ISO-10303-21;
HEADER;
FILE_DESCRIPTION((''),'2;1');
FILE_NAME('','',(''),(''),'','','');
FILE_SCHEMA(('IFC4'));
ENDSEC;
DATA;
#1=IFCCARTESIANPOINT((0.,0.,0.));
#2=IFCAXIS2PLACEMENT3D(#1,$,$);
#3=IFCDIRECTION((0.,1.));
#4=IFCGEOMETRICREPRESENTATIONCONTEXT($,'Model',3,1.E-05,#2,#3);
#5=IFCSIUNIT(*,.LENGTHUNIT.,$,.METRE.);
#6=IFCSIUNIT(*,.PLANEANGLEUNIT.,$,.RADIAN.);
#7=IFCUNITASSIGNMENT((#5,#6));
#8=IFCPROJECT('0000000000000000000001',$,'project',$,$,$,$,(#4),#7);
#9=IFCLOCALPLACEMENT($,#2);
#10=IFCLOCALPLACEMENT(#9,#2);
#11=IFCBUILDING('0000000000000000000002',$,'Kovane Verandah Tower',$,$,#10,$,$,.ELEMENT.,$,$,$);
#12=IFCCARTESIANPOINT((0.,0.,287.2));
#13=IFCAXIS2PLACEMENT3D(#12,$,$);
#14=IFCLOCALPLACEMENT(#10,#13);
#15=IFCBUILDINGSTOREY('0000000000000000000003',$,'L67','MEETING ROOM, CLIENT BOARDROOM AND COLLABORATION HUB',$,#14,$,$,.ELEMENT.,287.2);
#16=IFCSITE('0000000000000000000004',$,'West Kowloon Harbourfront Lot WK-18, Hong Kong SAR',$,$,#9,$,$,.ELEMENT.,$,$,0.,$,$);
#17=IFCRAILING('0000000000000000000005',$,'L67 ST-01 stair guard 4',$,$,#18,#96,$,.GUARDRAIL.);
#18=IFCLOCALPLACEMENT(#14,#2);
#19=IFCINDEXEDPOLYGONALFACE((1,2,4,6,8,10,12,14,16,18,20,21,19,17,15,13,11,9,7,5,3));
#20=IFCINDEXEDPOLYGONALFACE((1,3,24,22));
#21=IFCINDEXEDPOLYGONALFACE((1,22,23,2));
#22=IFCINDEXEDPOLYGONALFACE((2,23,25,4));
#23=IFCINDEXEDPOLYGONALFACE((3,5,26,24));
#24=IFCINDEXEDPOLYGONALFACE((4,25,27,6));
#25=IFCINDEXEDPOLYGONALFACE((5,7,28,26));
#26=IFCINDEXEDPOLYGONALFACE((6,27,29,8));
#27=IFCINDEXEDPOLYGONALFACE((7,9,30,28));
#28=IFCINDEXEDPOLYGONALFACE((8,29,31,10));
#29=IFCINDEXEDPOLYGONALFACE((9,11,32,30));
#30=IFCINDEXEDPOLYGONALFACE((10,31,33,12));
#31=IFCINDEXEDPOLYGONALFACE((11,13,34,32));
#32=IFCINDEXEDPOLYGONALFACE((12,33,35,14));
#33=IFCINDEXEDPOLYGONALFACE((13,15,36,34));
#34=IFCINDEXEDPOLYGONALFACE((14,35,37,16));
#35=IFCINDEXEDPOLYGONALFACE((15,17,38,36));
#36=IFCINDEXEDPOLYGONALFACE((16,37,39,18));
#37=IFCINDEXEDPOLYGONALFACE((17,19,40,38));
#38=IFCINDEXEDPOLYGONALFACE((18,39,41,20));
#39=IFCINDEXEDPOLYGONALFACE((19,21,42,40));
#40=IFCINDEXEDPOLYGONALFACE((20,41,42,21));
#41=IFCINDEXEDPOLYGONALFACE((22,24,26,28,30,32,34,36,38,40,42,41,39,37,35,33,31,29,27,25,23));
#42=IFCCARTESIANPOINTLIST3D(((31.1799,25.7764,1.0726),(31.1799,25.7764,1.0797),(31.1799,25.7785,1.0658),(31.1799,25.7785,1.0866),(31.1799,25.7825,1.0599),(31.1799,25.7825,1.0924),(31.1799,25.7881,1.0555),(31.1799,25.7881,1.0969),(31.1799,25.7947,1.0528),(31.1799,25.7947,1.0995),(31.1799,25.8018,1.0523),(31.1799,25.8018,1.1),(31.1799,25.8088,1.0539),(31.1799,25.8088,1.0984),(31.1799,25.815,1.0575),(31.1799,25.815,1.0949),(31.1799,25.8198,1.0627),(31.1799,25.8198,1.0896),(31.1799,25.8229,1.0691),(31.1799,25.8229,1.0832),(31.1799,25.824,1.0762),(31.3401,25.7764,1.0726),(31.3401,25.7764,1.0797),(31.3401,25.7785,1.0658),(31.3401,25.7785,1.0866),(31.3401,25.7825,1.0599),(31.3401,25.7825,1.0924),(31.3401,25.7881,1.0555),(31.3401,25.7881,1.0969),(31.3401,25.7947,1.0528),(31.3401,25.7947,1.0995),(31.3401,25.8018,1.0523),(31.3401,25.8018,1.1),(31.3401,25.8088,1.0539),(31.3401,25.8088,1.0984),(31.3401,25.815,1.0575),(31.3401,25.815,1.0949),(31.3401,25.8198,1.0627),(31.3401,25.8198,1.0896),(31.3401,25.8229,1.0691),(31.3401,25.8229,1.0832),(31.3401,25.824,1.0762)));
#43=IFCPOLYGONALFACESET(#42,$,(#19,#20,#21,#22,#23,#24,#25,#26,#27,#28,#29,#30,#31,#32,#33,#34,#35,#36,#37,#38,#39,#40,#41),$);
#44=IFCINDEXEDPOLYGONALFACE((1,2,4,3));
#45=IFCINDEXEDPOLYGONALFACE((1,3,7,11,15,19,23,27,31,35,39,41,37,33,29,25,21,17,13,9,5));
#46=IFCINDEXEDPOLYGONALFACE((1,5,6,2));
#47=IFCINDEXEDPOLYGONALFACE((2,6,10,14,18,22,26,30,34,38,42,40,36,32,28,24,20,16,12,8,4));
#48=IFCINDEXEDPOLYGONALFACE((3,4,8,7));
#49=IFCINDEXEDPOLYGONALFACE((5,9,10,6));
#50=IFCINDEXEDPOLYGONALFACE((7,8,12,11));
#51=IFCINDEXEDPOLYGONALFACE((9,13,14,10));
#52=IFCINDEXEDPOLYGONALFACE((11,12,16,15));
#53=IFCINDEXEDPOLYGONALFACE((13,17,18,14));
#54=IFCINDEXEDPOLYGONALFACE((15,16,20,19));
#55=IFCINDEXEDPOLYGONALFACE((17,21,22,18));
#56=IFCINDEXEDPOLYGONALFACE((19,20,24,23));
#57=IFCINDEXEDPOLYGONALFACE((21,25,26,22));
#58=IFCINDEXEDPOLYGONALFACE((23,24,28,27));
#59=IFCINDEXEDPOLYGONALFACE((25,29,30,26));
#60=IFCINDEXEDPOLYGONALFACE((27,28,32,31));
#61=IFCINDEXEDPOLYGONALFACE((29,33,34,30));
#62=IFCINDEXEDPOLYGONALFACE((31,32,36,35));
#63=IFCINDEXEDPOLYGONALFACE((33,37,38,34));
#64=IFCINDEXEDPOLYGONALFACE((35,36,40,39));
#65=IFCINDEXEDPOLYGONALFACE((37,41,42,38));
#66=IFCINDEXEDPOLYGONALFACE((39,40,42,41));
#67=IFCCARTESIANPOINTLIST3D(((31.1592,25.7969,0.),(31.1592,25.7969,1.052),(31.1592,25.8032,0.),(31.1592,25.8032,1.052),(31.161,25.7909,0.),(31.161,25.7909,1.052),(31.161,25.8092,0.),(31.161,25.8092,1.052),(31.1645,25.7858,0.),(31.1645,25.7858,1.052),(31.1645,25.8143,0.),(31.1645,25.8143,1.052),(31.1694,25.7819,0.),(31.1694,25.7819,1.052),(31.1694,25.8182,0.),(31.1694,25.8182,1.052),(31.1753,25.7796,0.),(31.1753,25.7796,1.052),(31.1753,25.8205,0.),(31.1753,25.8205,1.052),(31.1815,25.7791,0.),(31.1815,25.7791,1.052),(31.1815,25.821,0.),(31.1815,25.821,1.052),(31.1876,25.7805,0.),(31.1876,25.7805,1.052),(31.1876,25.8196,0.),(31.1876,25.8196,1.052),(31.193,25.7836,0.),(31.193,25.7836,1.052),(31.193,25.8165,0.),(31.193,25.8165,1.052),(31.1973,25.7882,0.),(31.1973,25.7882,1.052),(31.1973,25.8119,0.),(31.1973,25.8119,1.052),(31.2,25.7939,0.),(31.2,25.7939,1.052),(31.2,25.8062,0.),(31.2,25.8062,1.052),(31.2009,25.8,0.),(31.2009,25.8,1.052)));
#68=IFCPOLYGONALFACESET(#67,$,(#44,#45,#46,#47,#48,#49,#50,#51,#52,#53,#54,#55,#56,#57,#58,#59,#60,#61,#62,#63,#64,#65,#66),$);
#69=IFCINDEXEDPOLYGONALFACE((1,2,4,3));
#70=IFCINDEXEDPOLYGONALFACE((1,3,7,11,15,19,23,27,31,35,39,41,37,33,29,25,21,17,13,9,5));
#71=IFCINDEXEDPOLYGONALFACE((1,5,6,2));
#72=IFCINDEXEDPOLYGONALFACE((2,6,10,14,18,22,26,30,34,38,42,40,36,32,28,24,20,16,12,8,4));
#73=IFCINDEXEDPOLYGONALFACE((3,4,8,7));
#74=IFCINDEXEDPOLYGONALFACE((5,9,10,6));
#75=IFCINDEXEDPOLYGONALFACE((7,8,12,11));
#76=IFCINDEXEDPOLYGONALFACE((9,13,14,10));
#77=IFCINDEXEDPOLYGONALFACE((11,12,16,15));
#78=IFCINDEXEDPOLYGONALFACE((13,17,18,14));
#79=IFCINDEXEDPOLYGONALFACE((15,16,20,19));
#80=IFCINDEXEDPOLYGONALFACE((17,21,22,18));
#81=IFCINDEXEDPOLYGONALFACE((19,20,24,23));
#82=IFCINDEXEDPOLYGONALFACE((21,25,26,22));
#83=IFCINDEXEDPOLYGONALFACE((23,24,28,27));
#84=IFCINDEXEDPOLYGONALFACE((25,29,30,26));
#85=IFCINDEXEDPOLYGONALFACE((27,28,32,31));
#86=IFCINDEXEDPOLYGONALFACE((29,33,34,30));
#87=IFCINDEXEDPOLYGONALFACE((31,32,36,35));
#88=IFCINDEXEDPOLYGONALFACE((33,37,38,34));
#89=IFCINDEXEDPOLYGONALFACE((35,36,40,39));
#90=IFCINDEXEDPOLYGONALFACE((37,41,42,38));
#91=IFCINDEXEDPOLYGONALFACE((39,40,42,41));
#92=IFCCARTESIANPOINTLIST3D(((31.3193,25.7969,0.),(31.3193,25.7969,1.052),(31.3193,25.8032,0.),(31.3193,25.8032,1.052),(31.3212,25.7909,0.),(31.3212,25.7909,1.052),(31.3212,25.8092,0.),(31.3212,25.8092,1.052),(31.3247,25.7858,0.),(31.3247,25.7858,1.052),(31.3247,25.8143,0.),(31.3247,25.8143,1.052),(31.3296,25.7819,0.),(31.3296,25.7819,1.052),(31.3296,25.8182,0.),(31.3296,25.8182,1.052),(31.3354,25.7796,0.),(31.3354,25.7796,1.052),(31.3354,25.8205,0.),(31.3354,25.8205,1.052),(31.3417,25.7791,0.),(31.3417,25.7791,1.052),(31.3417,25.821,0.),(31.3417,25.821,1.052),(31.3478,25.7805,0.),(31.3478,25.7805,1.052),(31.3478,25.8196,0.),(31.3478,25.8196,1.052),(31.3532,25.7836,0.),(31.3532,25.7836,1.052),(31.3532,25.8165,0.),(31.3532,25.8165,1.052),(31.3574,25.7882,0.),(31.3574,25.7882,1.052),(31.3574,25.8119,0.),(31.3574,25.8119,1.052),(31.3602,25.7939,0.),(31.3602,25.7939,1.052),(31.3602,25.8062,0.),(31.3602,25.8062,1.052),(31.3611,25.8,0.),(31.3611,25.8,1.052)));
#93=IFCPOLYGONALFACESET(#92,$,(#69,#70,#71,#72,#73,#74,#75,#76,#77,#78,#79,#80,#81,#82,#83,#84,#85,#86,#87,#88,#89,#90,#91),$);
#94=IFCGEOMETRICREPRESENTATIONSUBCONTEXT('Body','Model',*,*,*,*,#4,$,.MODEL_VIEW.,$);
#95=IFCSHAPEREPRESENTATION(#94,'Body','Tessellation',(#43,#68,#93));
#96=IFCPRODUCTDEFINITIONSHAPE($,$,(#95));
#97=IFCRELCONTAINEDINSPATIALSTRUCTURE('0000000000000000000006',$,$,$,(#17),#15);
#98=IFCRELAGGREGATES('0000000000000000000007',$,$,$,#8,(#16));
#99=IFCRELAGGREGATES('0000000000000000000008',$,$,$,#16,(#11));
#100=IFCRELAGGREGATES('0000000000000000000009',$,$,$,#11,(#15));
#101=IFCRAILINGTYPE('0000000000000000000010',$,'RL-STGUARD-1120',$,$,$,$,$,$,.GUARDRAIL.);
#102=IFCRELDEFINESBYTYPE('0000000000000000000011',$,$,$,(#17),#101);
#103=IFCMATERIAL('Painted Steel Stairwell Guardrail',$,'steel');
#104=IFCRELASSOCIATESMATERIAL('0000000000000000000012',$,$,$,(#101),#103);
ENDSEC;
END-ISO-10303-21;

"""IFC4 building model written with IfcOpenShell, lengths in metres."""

from ifc_helpers import new_model, si_unit, direction, frame, origin, origin_2d, place, context, subcontext, project, spatial, circle, extrude, material, type_object, element, save


model = new_model("IFC4")

# Units and contexts
model_context = context("Model", 3, precision=1e-05, world=origin(), true_north=direction((0.0, 1.0)))
body_context = subcontext(model_context, "Body", "Model", "MODEL_VIEW")
ifc_project = project(units=[si_unit("LENGTHUNIT", "METRE"), si_unit("PLANEANGLEUNIT", "RADIAN")], contexts=[model_context])

# Site, building, storey
site_placement = place(None, origin())
site = spatial("IfcSite", under=ifc_project, at=site_placement, Name="West Kowloon Harbourfront Lot WK-18, Hong Kong SAR", CompositionType="ELEMENT", RefElevation=0.0)
building_placement = place(site_placement, origin())
building = spatial("IfcBuilding", under=site, at=building_placement, Name="Kovane Verandah Tower", CompositionType="ELEMENT")
storey_placement = place(building_placement, frame((0.0, 0.0, 287.2)))
storey = spatial("IfcBuildingStorey", under=building, at=storey_placement, Name="L67", Description="MEETING ROOM, CLIENT BOARDROOM AND COLLABORATION HUB", CompositionType="ELEMENT", Elevation=287.2)

# Railing
ifc_material_1 = material(Name="Painted Steel Stairwell Guardrail", Category="steel")
railing_type_1 = type_object("IfcRailingType", Name="RL-STGUARD-1120", PredefinedType="GUARDRAIL", material=ifc_material_1)
railing_1_placement = place(storey_placement, frame((31.1799, 25.8, 0.0)))
element("IfcRailing", 1, at=railing_1_placement, inside=storey, type_object=railing_type_1, Name="L67 ST-01 stair guard 4", PredefinedType="GUARDRAIL", context=body_context, shape_type="SweptSolid", body=[
    extrude(circle(Radius=0.0239, at=origin_2d()), frame((0.0, 0.0, 1.0762), z_axis=(1.0, 0.0, 0.0), x_axis=(0.0, 1.0, 0.0)), (0.0, 0.0, 1.0), 0.1602),
    extrude(circle(Radius=0.021, at=origin_2d()), origin(), (0.0, 0.0, 1.0), 1.052),
    extrude(circle(Radius=0.021, at=origin_2d()), frame((0.1602, 0.0, 0.0)), (0.0, 0.0, 1.0), 1.052),
])

save(model, "model.ifc")
